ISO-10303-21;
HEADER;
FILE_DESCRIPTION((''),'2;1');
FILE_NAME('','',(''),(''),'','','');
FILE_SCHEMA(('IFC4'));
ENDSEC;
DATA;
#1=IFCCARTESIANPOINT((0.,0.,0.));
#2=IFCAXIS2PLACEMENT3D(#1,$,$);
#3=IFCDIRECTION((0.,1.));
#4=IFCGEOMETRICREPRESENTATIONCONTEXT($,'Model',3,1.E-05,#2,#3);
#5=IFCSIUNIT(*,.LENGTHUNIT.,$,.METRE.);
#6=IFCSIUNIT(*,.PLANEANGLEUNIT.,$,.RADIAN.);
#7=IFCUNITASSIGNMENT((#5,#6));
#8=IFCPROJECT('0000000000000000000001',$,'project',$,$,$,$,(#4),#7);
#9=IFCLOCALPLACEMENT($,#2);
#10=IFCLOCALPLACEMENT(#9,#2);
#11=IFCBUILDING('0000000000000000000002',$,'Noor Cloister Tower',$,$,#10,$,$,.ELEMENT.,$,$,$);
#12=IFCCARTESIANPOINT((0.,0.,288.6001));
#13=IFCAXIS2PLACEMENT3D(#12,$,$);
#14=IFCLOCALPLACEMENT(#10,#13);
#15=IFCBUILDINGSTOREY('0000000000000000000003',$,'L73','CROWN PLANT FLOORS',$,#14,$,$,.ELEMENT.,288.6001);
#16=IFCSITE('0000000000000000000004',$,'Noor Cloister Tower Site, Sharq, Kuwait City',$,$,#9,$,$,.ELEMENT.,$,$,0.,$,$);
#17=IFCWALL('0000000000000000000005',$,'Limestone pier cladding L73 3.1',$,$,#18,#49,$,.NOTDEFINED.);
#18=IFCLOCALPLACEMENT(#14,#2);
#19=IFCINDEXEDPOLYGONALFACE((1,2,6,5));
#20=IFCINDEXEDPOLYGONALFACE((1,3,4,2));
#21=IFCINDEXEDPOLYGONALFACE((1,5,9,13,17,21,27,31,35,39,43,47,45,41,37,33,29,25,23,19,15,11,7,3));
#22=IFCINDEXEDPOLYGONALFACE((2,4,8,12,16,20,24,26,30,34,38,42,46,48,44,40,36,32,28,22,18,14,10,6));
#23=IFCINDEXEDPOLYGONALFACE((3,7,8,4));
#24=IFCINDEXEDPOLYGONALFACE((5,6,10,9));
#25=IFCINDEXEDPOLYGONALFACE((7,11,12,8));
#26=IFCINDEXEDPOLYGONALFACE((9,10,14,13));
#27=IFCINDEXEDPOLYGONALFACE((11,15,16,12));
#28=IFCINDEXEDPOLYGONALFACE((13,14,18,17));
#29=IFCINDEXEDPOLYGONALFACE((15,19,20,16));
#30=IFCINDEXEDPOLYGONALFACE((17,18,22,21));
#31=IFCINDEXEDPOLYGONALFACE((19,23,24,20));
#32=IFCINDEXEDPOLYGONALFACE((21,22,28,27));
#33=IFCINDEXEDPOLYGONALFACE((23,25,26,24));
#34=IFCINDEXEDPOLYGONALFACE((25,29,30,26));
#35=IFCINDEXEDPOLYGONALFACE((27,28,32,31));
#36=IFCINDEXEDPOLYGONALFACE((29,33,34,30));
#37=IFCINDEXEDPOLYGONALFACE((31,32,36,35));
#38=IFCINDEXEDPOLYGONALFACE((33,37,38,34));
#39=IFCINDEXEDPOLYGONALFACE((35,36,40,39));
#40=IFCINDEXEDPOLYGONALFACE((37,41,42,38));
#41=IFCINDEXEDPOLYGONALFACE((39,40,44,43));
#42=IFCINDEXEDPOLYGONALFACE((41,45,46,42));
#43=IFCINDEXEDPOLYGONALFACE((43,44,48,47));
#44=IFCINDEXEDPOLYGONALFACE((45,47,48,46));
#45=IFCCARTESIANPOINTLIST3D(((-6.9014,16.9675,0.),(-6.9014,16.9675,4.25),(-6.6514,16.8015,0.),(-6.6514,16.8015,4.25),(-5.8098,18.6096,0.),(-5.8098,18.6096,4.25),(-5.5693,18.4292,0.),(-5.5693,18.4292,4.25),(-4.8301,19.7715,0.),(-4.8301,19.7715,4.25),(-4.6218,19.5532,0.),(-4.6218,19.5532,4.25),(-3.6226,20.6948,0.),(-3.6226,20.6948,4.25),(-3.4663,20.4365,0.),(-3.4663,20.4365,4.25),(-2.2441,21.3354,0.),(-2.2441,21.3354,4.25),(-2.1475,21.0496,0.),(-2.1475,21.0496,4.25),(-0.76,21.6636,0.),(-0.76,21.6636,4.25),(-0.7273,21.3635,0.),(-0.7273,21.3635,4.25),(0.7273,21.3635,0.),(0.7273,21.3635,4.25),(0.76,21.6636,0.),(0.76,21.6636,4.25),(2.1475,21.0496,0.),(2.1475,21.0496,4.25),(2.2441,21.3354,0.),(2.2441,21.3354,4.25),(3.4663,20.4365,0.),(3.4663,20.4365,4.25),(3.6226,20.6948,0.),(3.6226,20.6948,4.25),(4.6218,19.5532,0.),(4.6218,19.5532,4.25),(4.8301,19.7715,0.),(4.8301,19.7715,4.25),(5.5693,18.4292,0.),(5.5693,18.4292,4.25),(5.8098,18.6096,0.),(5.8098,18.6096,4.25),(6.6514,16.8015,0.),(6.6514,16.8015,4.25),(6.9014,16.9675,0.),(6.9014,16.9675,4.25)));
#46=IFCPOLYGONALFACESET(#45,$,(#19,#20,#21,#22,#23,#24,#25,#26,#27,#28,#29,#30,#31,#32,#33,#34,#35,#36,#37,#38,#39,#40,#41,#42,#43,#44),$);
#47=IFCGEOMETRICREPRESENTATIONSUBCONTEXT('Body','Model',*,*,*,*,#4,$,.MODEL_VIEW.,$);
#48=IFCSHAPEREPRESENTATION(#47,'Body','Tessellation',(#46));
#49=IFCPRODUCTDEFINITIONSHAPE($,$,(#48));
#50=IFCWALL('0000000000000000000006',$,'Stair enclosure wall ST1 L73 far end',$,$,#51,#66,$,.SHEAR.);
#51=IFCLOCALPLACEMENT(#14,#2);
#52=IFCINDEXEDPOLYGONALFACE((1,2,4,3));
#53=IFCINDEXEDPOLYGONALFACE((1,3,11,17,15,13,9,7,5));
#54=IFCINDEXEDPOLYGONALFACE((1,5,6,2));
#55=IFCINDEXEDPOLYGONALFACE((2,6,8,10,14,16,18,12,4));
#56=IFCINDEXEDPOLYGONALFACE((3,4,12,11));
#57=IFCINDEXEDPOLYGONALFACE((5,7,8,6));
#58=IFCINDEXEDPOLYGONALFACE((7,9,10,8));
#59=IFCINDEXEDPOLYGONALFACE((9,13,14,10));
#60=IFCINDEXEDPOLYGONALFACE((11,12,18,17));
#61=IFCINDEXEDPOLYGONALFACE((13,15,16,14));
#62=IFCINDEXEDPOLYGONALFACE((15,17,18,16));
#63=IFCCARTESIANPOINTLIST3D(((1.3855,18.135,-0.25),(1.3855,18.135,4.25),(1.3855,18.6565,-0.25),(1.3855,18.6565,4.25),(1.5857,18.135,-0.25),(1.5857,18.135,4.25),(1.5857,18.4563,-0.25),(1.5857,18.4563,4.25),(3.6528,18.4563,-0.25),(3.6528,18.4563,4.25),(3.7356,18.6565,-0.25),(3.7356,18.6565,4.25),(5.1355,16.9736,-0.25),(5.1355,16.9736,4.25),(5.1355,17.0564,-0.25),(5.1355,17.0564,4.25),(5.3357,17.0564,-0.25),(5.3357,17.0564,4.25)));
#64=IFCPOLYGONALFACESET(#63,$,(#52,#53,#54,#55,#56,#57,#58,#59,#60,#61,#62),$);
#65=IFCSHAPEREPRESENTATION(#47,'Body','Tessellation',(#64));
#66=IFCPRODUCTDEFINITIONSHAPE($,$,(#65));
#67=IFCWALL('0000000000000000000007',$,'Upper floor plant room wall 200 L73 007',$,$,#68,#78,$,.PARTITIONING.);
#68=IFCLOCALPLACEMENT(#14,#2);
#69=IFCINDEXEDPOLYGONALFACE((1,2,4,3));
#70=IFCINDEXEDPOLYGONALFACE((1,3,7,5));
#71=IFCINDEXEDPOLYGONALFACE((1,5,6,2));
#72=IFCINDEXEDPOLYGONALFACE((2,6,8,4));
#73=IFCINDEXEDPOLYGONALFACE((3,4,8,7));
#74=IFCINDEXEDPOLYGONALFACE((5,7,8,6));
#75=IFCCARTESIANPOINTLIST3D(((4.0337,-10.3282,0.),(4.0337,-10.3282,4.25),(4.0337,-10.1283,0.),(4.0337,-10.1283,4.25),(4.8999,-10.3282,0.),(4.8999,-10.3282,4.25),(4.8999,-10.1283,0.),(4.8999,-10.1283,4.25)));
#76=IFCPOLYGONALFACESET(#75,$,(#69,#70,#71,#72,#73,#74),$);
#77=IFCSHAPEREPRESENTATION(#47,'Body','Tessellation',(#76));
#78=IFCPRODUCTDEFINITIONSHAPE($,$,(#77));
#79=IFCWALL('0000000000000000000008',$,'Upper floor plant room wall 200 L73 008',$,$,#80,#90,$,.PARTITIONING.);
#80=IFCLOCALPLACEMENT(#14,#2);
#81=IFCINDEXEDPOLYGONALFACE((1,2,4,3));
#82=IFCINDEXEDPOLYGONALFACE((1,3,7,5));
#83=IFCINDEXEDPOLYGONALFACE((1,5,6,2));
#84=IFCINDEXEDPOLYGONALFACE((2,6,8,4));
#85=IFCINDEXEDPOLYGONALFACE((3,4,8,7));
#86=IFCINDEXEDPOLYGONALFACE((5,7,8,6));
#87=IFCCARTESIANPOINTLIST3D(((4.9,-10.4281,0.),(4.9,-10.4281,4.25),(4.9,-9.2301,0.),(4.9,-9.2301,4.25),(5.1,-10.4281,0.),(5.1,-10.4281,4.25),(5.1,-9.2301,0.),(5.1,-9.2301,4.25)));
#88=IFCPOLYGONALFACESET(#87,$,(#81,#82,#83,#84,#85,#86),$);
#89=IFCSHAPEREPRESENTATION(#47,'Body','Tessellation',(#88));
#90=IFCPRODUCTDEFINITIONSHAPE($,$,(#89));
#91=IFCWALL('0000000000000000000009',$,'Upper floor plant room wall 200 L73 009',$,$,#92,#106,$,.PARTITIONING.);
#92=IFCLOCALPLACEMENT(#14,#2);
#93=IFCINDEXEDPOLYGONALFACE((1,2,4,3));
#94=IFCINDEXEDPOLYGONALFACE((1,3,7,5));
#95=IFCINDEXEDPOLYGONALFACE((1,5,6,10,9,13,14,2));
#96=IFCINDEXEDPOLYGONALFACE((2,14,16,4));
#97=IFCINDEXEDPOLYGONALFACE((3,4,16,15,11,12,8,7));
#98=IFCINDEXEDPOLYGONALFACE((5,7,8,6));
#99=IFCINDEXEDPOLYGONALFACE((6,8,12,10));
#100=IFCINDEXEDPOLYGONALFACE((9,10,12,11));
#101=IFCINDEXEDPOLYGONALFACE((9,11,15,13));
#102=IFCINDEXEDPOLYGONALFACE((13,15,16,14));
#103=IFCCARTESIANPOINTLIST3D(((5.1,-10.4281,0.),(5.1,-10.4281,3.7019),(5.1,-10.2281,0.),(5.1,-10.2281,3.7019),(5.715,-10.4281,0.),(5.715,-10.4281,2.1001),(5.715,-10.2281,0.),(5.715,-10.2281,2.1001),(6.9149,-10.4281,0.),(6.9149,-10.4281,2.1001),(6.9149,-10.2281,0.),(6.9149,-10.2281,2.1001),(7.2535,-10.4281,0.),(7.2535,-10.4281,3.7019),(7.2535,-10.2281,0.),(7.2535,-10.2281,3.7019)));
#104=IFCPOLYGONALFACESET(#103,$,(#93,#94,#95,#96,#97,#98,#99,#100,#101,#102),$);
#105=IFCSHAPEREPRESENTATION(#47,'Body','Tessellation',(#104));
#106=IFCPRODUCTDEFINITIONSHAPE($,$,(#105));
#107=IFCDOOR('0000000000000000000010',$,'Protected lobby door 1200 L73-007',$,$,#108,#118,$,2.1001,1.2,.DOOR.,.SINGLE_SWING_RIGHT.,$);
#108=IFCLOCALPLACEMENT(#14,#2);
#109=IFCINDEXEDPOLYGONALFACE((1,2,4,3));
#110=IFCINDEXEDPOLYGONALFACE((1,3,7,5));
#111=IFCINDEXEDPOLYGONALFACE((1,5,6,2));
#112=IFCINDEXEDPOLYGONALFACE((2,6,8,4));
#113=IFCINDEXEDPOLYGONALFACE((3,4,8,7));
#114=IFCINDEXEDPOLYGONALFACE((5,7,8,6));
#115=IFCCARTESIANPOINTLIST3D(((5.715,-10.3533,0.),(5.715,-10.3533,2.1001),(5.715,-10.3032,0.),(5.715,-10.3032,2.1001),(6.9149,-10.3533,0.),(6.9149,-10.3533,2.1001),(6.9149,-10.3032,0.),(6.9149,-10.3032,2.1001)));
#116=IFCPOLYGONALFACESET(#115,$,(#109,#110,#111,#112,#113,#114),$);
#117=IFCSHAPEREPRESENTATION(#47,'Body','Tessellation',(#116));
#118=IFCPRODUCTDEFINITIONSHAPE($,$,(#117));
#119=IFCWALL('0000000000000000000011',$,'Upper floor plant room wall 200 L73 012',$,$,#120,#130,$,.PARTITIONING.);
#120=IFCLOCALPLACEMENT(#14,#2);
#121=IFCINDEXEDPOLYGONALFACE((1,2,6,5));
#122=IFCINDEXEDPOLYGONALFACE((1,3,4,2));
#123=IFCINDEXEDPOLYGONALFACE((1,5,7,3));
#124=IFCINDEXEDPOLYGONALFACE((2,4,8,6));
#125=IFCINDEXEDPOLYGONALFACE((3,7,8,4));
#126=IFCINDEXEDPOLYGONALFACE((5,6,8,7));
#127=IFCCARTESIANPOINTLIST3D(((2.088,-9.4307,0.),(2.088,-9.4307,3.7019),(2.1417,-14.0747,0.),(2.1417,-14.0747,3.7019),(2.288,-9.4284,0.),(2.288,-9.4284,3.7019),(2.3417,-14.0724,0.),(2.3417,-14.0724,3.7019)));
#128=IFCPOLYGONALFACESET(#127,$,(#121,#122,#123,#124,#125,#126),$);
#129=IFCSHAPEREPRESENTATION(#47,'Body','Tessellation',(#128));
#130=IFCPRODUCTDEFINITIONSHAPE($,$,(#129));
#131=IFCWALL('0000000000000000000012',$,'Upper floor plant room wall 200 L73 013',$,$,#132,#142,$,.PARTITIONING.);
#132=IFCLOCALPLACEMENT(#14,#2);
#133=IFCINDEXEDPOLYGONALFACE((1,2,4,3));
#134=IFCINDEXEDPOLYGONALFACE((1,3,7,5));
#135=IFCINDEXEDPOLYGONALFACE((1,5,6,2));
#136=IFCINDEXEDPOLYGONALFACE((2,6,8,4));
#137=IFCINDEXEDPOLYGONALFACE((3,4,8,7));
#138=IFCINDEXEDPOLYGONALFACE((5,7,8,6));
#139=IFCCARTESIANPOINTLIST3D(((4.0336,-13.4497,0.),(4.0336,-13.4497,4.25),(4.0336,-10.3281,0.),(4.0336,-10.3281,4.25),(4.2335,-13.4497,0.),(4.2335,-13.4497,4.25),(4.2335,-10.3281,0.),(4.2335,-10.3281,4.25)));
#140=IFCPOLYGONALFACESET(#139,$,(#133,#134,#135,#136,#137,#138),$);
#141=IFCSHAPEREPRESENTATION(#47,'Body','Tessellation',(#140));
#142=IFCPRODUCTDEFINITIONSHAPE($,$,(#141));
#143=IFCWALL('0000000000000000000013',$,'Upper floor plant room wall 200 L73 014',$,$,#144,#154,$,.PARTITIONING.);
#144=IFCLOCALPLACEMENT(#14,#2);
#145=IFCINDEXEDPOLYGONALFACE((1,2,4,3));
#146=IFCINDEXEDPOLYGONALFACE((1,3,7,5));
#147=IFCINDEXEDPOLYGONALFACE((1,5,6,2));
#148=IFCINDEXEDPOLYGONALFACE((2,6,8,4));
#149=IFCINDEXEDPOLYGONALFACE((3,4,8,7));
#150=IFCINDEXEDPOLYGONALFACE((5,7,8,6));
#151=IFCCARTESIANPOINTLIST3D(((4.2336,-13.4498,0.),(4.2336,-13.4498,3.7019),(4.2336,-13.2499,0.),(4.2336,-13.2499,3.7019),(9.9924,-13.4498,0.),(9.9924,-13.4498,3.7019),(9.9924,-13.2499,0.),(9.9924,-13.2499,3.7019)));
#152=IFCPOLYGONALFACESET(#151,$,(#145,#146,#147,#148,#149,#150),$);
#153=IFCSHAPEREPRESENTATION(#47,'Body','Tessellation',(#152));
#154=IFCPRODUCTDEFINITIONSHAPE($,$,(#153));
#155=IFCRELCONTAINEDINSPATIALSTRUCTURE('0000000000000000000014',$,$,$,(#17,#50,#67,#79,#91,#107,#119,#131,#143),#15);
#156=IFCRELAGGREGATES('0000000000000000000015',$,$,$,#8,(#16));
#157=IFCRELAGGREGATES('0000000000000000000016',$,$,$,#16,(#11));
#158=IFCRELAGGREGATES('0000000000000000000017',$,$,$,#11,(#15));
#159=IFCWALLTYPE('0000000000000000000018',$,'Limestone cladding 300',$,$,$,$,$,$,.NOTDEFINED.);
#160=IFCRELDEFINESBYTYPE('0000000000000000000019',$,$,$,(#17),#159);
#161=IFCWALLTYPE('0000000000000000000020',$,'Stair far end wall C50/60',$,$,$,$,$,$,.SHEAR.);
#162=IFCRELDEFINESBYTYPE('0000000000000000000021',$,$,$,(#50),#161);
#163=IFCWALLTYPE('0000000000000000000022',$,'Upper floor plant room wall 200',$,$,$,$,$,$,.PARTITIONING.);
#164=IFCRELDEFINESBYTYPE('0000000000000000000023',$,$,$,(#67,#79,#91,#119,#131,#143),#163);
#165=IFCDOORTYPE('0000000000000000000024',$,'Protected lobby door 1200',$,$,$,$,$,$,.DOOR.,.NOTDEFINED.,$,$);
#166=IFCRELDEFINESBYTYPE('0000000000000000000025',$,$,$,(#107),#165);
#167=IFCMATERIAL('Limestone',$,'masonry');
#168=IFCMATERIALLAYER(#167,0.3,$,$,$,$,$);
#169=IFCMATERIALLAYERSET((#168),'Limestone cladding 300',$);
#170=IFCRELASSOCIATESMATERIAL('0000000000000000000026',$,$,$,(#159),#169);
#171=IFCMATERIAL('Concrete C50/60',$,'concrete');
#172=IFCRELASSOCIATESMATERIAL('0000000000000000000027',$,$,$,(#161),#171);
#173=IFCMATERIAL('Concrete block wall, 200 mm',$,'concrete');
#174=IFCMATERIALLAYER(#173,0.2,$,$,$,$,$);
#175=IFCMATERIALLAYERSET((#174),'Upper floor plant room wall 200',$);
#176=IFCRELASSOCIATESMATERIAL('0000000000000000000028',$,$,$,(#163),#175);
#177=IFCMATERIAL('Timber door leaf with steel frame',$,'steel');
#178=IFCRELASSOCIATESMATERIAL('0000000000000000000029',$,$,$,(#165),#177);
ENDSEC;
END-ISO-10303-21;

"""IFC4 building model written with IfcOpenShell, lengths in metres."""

from ifc_helpers import new_model, si_unit, direction, frame, frame_2d, origin, place, context, subcontext, project, spatial, polyline, rectangle, outline, extrude, material, layer, layer_set, type_object, element, fill, save


model = new_model("IFC4")

# Units and contexts
model_context = context("Model", 3, precision=1e-05, world=origin(), true_north=direction((0.0, 1.0)))
body_context = subcontext(model_context, "Body", "Model", "MODEL_VIEW")
ifc_project = project(units=[si_unit("LENGTHUNIT", "METRE"), si_unit("PLANEANGLEUNIT", "RADIAN")], contexts=[model_context])

# Site, building, storey
site_placement = place(None, origin())
site = spatial("IfcSite", under=ifc_project, at=site_placement, Name="Noor Cloister Tower Site, Sharq, Kuwait City", CompositionType="ELEMENT", RefElevation=0.0)
building_placement = place(site_placement, origin())
building = spatial("IfcBuilding", under=site, at=building_placement, Name="Noor Cloister Tower", CompositionType="ELEMENT")
storey_placement = place(building_placement, frame((0.0, 0.0, 288.6001)))
storey = spatial("IfcBuildingStorey", under=building, at=storey_placement, Name="L73", Description="CROWN PLANT FLOORS", CompositionType="ELEMENT", Elevation=288.6001)

# Walls
ifc_material_1 = material(Name="Limestone", Category="masonry")
ifc_layer_1 = layer(ifc_material_1, 0.3)
ifc_layer_set_1 = layer_set([ifc_layer_1], Name="Limestone cladding 300")
wall_type_1 = type_object("IfcWallType", Name="Limestone cladding 300", PredefinedType="NOTDEFINED", material=ifc_layer_set_1)
wall_1_placement = place(storey_placement, origin())
element("IfcWall", 1, at=wall_1_placement, inside=storey, type_object=wall_type_1, Name="Limestone pier cladding L73 3.1", PredefinedType="NOTDEFINED", context=body_context, shape_type="SweptSolid", body=[
    extrude(outline(polyline([(6.9014, 16.9675), (5.8098, 18.6096), (4.8301, 19.7715), (3.6226, 20.6948), (2.2441, 21.3354), (0.76, 21.6636), (-0.76, 21.6636), (-2.2441, 21.3354), (-3.6226, 20.6948), (-4.8301, 19.7715), (-5.8098, 18.6096), (-6.9014, 16.9675), (-6.6514, 16.8015), (-5.5693, 18.4292), (-4.6218, 19.5532), (-3.4663, 20.4365), (-2.1475, 21.0496), (-0.7273, 21.3635), (0.7273, 21.3635), (2.1475, 21.0496), (3.4663, 20.4365), (4.6218, 19.5532), (5.5693, 18.4292), (6.6514, 16.8015), (6.9014, 16.9675)])), origin(), (0.0, 0.0, 1.0), 4.25),
])
ifc_material_2 = material(Name="Concrete C50/60", Category="concrete")
wall_type_2 = type_object("IfcWallType", Name="Stair far end wall C50/60", PredefinedType="SHEAR", material=ifc_material_2)
wall_2_placement = place(storey_placement, frame((0.0, 0.0, -0.25)))
element("IfcWall", 2, at=wall_2_placement, inside=storey, type_object=wall_type_2, Name="Stair enclosure wall ST1 L73 far end", PredefinedType="SHEAR", context=body_context, shape_type="SweptSolid", body=[
    extrude(outline(polyline([(5.3357, 17.0564), (3.7356, 18.6565), (1.3855, 18.6565), (1.3855, 18.135), (1.5857, 18.135), (1.5857, 18.4563), (3.6528, 18.4563), (5.1355, 16.9736), (5.1355, 17.0564), (5.1355, 17.0564), (5.1355, 17.0564), (5.1355, 17.0564), (5.1355, 17.0564), (5.1355, 17.0564), (5.1355, 17.0564), (5.1355, 17.0564), (5.1355, 17.0564), (5.1355, 17.0564), (5.1355, 17.0564), (5.1355, 17.0564), (5.1355, 17.0564), (5.1355, 17.0564), (5.1355, 17.0564), (5.1355, 17.0564), (5.1355, 17.0564), (5.3357, 17.0564)])), origin(), (0.0, 0.0, 1.0), 4.5),
])
ifc_material_3 = material(Name="Concrete block wall, 200 mm", Category="concrete")
ifc_layer_2 = layer(ifc_material_3, 0.2)
ifc_layer_set_2 = layer_set([ifc_layer_2], Name="Upper floor plant room wall 200")
wall_type_3 = type_object("IfcWallType", Name="Upper floor plant room wall 200", PredefinedType="PARTITIONING", material=ifc_layer_set_2)
wall_3_placement = place(storey_placement, frame((4.0337, -10.2283, 0.0), z_axis=(0.0, 0.0, 1.0), x_axis=(1.0, 0.0, 0.0)))
element("IfcWall", 3, at=wall_3_placement, inside=storey, type_object=wall_type_3, Name="Upper floor plant room wall 200 L73 007", PredefinedType="PARTITIONING", context=body_context, shape_type="SweptSolid", body=[
    extrude(rectangle(XDim=0.8662, YDim=0.2, at=frame_2d((0.4331, 0.0))), origin(), (0.0, 0.0, 1.0), 4.25),
])
wall_4_placement = place(storey_placement, frame((5.0, -10.4282, 0.0), z_axis=(0.0, 0.0, 1.0), x_axis=(0.0, 1.0, 0.0)))
element("IfcWall", 4, at=wall_4_placement, inside=storey, type_object=wall_type_3, Name="Upper floor plant room wall 200 L73 008", PredefinedType="PARTITIONING", context=body_context, shape_type="SweptSolid", body=[
    extrude(rectangle(XDim=1.198, YDim=0.2, at=frame_2d((0.5991, 0.0))), origin(), (0.0, 0.0, 1.0), 4.25),
])

# Wall, opening, door
wall_5_placement = place(storey_placement, frame((5.1001, -10.3281, 0.0), z_axis=(0.0, 0.0, 1.0), x_axis=(1.0, 0.0, 0.0)))
wall_5 = element("IfcWall", 5, at=wall_5_placement, inside=storey, type_object=wall_type_3, Name="Upper floor plant room wall 200 L73 009", PredefinedType="PARTITIONING", context=body_context, shape_type="SweptSolid", body=[
    extrude(rectangle(XDim=2.1536, YDim=0.2, at=frame_2d((1.0767, 0.0))), origin(), (0.0, 0.0, 1.0), 3.7019),
])
opening_placement = place(wall_5_placement, frame((0.6147, 0.0, 0.0)))
opening = element("IfcOpeningElement", 6, at=opening_placement, cuts=wall_5, PredefinedType="OPENING", context=body_context, shape_type="SweptSolid", body=[
    extrude(rectangle(XDim=1.2, YDim=2.1001, at=frame_2d((0.6001, 1.05))), frame((0.0, 0.1099, 0.0), z_axis=(0.0, -1.0, 0.0), x_axis=(1.0, 0.0, 0.0)), (0.0, 0.0, 1.0), 0.22),
])
ifc_material_4 = material(Name="Timber door leaf with steel frame", Category="steel")
door_type = type_object("IfcDoorType", Name="Protected lobby door 1200", OperationType="NOTDEFINED", PredefinedType="DOOR", material=ifc_material_4)
door_placement = place(opening_placement, origin())
door = element("IfcDoor", 7, at=door_placement, inside=storey, type_object=door_type, Name="Protected lobby door 1200 L73-007", OperationType="SINGLE_SWING_RIGHT", OverallHeight=2.1001, OverallWidth=1.2, PredefinedType="DOOR", context=body_context, shape_type="SweptSolid", body=[
    extrude(rectangle(XDim=1.2, YDim=2.1001, at=frame_2d((0.6001, 1.05))), frame((0.0, 0.0249, 0.0), z_axis=(0.0, -1.0, 0.0), x_axis=(1.0, 0.0, 0.0)), (0.0, 0.0, 1.0), 0.05),
])
fill(opening, door)

# Walls
wall_6_placement = place(storey_placement, frame((2.188, -9.4294, 0.0), z_axis=(0.0, 0.0, 1.0), x_axis=(0.011565, -0.999933, 0.0)))
element("IfcWall", 8, at=wall_6_placement, inside=storey, type_object=wall_type_3, Name="Upper floor plant room wall 200 L73 012", PredefinedType="PARTITIONING", context=body_context, shape_type="SweptSolid", body=[
    extrude(rectangle(XDim=4.6443, YDim=0.2, at=frame_2d((2.3223, 0.0))), origin(), (0.0, 0.0, 1.0), 3.7019),
])
wall_7_placement = place(storey_placement, frame((4.1335, -10.3281, 0.0), z_axis=(0.0, 0.0, 1.0), x_axis=(0.0, -1.0, 0.0)))
element("IfcWall", 9, at=wall_7_placement, inside=storey, type_object=wall_type_3, Name="Upper floor plant room wall 200 L73 013", PredefinedType="PARTITIONING", context=body_context, shape_type="SweptSolid", body=[
    extrude(rectangle(XDim=3.1216, YDim=0.2, at=frame_2d((1.5608, 0.0))), origin(), (0.0, 0.0, 1.0), 4.25),
])
wall_8_placement = place(storey_placement, frame((4.2336, -13.3499, 0.0), z_axis=(0.0, 0.0, 1.0), x_axis=(1.0, 0.0, 0.0)))
element("IfcWall", 10, at=wall_8_placement, inside=storey, type_object=wall_type_3, Name="Upper floor plant room wall 200 L73 014", PredefinedType="PARTITIONING", context=body_context, shape_type="SweptSolid", body=[
    extrude(rectangle(XDim=5.7588, YDim=0.2, at=frame_2d((2.8794, 0.0))), origin(), (0.0, 0.0, 1.0), 3.7019),
])

save(model, "model.ifc")
